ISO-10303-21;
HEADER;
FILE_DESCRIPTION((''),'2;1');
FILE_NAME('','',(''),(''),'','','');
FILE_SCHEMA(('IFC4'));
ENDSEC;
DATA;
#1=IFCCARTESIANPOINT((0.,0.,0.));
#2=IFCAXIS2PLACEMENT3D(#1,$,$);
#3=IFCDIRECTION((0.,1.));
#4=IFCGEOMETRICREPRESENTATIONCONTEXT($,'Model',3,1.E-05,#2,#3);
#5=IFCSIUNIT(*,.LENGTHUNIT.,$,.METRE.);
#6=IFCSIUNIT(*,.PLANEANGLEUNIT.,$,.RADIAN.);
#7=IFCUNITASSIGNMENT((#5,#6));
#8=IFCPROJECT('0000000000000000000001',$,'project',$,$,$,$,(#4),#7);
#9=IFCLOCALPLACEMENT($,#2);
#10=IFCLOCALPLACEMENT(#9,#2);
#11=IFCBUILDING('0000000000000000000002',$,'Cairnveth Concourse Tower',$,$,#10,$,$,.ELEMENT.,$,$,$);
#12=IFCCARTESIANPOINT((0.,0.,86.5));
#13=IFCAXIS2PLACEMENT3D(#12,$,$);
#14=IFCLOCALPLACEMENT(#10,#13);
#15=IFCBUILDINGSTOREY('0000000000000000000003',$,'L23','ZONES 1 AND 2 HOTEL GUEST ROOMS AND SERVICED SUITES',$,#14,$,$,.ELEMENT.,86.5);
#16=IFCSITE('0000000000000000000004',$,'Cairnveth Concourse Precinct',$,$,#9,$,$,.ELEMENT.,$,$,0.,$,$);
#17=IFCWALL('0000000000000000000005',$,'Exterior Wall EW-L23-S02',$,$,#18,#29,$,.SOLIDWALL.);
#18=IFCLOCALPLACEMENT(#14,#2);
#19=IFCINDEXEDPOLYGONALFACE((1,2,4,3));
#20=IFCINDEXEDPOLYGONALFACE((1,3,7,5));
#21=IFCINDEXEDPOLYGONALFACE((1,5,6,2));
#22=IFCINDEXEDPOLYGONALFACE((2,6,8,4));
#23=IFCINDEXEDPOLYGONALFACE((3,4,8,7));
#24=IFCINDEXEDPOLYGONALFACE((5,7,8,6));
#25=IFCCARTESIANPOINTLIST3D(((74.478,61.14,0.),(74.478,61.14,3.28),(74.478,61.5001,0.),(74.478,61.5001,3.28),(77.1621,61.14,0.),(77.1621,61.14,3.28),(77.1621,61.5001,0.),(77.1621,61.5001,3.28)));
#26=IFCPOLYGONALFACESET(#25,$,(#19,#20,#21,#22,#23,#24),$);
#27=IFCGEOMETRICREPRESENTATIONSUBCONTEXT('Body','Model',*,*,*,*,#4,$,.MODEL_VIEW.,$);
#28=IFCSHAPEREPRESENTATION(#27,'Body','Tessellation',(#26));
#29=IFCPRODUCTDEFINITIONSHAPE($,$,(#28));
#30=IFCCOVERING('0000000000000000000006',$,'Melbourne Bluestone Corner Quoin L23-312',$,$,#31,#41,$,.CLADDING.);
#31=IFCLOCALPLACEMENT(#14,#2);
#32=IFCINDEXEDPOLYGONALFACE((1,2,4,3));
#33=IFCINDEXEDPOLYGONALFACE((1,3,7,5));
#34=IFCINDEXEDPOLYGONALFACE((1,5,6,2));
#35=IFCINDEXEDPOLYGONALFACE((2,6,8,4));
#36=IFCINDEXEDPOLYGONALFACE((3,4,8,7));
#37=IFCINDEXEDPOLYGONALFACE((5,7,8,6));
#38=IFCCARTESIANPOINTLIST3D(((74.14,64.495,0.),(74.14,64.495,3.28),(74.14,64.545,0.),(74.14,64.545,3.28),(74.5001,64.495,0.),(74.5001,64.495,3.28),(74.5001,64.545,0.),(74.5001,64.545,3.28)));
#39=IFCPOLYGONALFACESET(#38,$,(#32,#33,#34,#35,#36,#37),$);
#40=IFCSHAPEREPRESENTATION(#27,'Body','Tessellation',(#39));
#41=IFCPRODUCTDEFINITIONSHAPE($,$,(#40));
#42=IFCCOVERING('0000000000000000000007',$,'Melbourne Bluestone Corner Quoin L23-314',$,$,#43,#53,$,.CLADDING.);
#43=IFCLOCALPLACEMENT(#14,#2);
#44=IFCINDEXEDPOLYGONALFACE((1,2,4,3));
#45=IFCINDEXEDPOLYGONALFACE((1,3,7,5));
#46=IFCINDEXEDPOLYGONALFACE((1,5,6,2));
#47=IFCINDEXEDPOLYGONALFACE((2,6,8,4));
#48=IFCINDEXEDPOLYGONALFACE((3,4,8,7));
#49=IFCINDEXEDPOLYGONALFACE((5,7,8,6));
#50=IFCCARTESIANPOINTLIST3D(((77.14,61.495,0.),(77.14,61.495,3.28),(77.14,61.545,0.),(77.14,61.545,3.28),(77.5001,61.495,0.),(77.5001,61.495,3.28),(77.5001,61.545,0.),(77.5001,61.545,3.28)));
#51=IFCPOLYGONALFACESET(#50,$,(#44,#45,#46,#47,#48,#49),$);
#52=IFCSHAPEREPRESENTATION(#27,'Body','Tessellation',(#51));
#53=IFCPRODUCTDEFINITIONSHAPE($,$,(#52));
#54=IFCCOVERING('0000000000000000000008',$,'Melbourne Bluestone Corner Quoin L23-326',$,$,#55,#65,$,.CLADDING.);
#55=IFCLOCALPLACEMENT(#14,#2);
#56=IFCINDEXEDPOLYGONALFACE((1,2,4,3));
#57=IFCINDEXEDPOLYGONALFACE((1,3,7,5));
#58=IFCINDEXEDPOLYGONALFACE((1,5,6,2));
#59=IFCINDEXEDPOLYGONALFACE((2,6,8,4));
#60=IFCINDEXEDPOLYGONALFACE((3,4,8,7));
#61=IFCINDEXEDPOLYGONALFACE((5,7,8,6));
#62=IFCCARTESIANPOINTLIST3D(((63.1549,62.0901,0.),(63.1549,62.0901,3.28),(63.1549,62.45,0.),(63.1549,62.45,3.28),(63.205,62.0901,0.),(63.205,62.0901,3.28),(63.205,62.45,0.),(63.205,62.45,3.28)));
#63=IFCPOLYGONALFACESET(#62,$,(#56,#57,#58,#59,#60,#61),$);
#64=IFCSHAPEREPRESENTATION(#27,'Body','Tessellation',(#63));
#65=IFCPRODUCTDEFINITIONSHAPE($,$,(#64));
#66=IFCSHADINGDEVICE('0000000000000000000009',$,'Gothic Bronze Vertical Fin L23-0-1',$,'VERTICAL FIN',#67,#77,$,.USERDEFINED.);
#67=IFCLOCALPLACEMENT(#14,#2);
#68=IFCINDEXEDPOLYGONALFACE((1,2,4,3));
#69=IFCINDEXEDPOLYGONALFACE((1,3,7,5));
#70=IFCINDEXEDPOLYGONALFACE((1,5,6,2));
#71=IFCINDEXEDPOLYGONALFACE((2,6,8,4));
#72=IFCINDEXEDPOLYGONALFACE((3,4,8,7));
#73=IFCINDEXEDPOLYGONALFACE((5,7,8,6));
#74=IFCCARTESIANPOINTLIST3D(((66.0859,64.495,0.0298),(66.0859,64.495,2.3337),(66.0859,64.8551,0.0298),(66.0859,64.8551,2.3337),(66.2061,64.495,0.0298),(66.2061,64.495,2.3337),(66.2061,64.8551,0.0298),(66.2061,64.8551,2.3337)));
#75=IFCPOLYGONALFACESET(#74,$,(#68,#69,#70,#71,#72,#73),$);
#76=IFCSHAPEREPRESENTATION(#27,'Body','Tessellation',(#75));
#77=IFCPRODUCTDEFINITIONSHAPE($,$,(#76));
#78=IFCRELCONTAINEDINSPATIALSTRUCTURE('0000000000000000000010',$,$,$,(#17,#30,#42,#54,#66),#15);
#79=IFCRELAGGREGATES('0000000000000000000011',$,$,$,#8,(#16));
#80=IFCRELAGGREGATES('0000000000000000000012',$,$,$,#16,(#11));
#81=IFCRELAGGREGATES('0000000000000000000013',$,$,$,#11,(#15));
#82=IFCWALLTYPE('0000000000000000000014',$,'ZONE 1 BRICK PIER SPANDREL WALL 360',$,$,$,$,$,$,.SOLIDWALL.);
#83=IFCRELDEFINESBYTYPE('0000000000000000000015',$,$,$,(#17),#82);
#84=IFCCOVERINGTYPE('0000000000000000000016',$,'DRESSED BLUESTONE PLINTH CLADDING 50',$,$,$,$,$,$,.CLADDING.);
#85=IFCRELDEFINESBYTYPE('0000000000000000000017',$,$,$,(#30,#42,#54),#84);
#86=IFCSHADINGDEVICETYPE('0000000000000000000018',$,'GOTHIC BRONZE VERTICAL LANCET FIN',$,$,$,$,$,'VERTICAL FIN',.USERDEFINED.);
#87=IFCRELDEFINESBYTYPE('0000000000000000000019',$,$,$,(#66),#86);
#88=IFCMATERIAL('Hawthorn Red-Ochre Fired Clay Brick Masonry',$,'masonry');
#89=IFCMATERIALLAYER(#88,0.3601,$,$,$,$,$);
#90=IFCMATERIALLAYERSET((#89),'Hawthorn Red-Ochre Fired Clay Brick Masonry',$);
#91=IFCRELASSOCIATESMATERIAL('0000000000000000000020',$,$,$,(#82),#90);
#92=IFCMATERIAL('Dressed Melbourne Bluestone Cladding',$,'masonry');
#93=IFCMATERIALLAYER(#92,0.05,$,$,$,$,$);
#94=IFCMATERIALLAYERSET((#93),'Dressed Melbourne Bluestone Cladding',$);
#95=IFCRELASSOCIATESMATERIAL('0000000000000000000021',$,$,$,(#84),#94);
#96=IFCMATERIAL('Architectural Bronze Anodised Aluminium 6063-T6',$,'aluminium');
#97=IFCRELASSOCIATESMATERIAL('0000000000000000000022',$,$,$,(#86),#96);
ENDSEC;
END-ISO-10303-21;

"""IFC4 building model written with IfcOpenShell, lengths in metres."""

from ifc_helpers import new_model, si_unit, direction, frame, frame_2d, origin, origin_2d, place, context, subcontext, project, spatial, rectangle, extrude, material, layer, layer_set, type_object, element, save


model = new_model("IFC4")

# Units and contexts
model_context = context("Model", 3, precision=1e-05, world=origin(), true_north=direction((0.0, 1.0)))
body_context = subcontext(model_context, "Body", "Model", "MODEL_VIEW")
ifc_project = project(units=[si_unit("LENGTHUNIT", "METRE"), si_unit("PLANEANGLEUNIT", "RADIAN")], contexts=[model_context])

# Site, building, storey
site_placement = place(None, origin())
site = spatial("IfcSite", under=ifc_project, at=site_placement, Name="Cairnveth Concourse Precinct", CompositionType="ELEMENT", RefElevation=0.0)
building_placement = place(site_placement, origin())
building = spatial("IfcBuilding", under=site, at=building_placement, Name="Cairnveth Concourse Tower", CompositionType="ELEMENT")
storey_placement = place(building_placement, frame((0.0, 0.0, 86.5)))
storey = spatial("IfcBuildingStorey", under=building, at=storey_placement, Name="L23", Description="ZONES 1 AND 2 HOTEL GUEST ROOMS AND SERVICED SUITES", CompositionType="ELEMENT", Elevation=86.5)

# Wall
ifc_material_1 = material(Name="Hawthorn Red-Ochre Fired Clay Brick Masonry", Category="masonry")
ifc_layer_1 = layer(ifc_material_1, 0.3601)
ifc_layer_set_1 = layer_set([ifc_layer_1], Name="Hawthorn Red-Ochre Fired Clay Brick Masonry")
wall_type = type_object("IfcWallType", Name="ZONE 1 BRICK PIER SPANDREL WALL 360", PredefinedType="SOLIDWALL", material=ifc_layer_set_1)
wall_1_placement = place(storey_placement, frame((74.478, 61.3201, 0.0), z_axis=(0.0, 0.0, 1.0), x_axis=(1.0, 0.0, 0.0)))
element("IfcWall", 1, at=wall_1_placement, inside=storey, type_object=wall_type, Name="Exterior Wall EW-L23-S02", PredefinedType="SOLIDWALL", context=body_context, shape_type="SweptSolid", body=[
    extrude(rectangle(XDim=2.6841, YDim=0.3601, at=frame_2d((1.342, 0.0))), origin(), (0.0, 0.0, 1.0), 3.28),
])

# Coverings
ifc_material_2 = material(Name="Dressed Melbourne Bluestone Cladding", Category="masonry")
ifc_layer_2 = layer(ifc_material_2, 0.05)
ifc_layer_set_2 = layer_set([ifc_layer_2], Name="Dressed Melbourne Bluestone Cladding")
covering_type = type_object("IfcCoveringType", Name="DRESSED BLUESTONE PLINTH CLADDING 50", PredefinedType="CLADDING", material=ifc_layer_set_2)
for number, where, z_axis, x_axis, name in (
    (2, (74.1399, 64.52, 0.0), (0.0, 0.0, 1.0), (1.0, 0.0, 0.0), "Melbourne Bluestone Corner Quoin L23-312"),
    (3, (77.1399, 61.52, 0.0), (0.0, 0.0, 1.0), (1.0, 0.0, 0.0), "Melbourne Bluestone Corner Quoin L23-314"),
):
    element("IfcCovering", number, at=place(storey_placement, frame(where, z_axis=z_axis, x_axis=x_axis)), inside=storey, type_object=covering_type, Name=name, PredefinedType="CLADDING", context=body_context, shape_type="SweptSolid", body=[
        extrude(rectangle(XDim=0.3601, YDim=0.05, at=frame_2d((0.1802, 0.0))), origin(), (0.0, 0.0, 1.0), 3.28),
    ])
covering_placement = place(storey_placement, frame((63.1799, 62.0901, 0.0), z_axis=(0.0, 0.0, 1.0), x_axis=(0.0, 1.0, 0.0)))
element("IfcCovering", 4, at=covering_placement, inside=storey, type_object=covering_type, Name="Melbourne Bluestone Corner Quoin L23-326", PredefinedType="CLADDING", context=body_context, shape_type="SweptSolid", body=[
    extrude(rectangle(XDim=0.3599, YDim=0.05, at=frame_2d((0.1799, 0.0))), origin(), (0.0, 0.0, 1.0), 3.28),
])

# Shading device
ifc_material_3 = material(Name="Architectural Bronze Anodised Aluminium 6063-T6", Category="aluminium")
shading_device_type = type_object("IfcShadingDeviceType", Name="GOTHIC BRONZE VERTICAL LANCET FIN", ElementType="VERTICAL FIN", PredefinedType="USERDEFINED", material=ifc_material_3)
shading_device_placement = place(storey_placement, frame((66.146, 64.675, 0.0298), z_axis=(0.0, 0.0, 1.0), x_axis=(1.0, 0.0, 0.0)))
element("IfcShadingDevice", 5, at=shading_device_placement, inside=storey, type_object=shading_device_type, Name="Gothic Bronze Vertical Fin L23-0-1", ObjectType="VERTICAL FIN", PredefinedType="USERDEFINED", context=body_context, shape_type="SweptSolid", body=[
    extrude(rectangle(XDim=0.1201, YDim=0.3601, at=origin_2d()), origin(), (0.0, 0.0, 1.0), 2.304),
])

save(model, "model.ifc")
